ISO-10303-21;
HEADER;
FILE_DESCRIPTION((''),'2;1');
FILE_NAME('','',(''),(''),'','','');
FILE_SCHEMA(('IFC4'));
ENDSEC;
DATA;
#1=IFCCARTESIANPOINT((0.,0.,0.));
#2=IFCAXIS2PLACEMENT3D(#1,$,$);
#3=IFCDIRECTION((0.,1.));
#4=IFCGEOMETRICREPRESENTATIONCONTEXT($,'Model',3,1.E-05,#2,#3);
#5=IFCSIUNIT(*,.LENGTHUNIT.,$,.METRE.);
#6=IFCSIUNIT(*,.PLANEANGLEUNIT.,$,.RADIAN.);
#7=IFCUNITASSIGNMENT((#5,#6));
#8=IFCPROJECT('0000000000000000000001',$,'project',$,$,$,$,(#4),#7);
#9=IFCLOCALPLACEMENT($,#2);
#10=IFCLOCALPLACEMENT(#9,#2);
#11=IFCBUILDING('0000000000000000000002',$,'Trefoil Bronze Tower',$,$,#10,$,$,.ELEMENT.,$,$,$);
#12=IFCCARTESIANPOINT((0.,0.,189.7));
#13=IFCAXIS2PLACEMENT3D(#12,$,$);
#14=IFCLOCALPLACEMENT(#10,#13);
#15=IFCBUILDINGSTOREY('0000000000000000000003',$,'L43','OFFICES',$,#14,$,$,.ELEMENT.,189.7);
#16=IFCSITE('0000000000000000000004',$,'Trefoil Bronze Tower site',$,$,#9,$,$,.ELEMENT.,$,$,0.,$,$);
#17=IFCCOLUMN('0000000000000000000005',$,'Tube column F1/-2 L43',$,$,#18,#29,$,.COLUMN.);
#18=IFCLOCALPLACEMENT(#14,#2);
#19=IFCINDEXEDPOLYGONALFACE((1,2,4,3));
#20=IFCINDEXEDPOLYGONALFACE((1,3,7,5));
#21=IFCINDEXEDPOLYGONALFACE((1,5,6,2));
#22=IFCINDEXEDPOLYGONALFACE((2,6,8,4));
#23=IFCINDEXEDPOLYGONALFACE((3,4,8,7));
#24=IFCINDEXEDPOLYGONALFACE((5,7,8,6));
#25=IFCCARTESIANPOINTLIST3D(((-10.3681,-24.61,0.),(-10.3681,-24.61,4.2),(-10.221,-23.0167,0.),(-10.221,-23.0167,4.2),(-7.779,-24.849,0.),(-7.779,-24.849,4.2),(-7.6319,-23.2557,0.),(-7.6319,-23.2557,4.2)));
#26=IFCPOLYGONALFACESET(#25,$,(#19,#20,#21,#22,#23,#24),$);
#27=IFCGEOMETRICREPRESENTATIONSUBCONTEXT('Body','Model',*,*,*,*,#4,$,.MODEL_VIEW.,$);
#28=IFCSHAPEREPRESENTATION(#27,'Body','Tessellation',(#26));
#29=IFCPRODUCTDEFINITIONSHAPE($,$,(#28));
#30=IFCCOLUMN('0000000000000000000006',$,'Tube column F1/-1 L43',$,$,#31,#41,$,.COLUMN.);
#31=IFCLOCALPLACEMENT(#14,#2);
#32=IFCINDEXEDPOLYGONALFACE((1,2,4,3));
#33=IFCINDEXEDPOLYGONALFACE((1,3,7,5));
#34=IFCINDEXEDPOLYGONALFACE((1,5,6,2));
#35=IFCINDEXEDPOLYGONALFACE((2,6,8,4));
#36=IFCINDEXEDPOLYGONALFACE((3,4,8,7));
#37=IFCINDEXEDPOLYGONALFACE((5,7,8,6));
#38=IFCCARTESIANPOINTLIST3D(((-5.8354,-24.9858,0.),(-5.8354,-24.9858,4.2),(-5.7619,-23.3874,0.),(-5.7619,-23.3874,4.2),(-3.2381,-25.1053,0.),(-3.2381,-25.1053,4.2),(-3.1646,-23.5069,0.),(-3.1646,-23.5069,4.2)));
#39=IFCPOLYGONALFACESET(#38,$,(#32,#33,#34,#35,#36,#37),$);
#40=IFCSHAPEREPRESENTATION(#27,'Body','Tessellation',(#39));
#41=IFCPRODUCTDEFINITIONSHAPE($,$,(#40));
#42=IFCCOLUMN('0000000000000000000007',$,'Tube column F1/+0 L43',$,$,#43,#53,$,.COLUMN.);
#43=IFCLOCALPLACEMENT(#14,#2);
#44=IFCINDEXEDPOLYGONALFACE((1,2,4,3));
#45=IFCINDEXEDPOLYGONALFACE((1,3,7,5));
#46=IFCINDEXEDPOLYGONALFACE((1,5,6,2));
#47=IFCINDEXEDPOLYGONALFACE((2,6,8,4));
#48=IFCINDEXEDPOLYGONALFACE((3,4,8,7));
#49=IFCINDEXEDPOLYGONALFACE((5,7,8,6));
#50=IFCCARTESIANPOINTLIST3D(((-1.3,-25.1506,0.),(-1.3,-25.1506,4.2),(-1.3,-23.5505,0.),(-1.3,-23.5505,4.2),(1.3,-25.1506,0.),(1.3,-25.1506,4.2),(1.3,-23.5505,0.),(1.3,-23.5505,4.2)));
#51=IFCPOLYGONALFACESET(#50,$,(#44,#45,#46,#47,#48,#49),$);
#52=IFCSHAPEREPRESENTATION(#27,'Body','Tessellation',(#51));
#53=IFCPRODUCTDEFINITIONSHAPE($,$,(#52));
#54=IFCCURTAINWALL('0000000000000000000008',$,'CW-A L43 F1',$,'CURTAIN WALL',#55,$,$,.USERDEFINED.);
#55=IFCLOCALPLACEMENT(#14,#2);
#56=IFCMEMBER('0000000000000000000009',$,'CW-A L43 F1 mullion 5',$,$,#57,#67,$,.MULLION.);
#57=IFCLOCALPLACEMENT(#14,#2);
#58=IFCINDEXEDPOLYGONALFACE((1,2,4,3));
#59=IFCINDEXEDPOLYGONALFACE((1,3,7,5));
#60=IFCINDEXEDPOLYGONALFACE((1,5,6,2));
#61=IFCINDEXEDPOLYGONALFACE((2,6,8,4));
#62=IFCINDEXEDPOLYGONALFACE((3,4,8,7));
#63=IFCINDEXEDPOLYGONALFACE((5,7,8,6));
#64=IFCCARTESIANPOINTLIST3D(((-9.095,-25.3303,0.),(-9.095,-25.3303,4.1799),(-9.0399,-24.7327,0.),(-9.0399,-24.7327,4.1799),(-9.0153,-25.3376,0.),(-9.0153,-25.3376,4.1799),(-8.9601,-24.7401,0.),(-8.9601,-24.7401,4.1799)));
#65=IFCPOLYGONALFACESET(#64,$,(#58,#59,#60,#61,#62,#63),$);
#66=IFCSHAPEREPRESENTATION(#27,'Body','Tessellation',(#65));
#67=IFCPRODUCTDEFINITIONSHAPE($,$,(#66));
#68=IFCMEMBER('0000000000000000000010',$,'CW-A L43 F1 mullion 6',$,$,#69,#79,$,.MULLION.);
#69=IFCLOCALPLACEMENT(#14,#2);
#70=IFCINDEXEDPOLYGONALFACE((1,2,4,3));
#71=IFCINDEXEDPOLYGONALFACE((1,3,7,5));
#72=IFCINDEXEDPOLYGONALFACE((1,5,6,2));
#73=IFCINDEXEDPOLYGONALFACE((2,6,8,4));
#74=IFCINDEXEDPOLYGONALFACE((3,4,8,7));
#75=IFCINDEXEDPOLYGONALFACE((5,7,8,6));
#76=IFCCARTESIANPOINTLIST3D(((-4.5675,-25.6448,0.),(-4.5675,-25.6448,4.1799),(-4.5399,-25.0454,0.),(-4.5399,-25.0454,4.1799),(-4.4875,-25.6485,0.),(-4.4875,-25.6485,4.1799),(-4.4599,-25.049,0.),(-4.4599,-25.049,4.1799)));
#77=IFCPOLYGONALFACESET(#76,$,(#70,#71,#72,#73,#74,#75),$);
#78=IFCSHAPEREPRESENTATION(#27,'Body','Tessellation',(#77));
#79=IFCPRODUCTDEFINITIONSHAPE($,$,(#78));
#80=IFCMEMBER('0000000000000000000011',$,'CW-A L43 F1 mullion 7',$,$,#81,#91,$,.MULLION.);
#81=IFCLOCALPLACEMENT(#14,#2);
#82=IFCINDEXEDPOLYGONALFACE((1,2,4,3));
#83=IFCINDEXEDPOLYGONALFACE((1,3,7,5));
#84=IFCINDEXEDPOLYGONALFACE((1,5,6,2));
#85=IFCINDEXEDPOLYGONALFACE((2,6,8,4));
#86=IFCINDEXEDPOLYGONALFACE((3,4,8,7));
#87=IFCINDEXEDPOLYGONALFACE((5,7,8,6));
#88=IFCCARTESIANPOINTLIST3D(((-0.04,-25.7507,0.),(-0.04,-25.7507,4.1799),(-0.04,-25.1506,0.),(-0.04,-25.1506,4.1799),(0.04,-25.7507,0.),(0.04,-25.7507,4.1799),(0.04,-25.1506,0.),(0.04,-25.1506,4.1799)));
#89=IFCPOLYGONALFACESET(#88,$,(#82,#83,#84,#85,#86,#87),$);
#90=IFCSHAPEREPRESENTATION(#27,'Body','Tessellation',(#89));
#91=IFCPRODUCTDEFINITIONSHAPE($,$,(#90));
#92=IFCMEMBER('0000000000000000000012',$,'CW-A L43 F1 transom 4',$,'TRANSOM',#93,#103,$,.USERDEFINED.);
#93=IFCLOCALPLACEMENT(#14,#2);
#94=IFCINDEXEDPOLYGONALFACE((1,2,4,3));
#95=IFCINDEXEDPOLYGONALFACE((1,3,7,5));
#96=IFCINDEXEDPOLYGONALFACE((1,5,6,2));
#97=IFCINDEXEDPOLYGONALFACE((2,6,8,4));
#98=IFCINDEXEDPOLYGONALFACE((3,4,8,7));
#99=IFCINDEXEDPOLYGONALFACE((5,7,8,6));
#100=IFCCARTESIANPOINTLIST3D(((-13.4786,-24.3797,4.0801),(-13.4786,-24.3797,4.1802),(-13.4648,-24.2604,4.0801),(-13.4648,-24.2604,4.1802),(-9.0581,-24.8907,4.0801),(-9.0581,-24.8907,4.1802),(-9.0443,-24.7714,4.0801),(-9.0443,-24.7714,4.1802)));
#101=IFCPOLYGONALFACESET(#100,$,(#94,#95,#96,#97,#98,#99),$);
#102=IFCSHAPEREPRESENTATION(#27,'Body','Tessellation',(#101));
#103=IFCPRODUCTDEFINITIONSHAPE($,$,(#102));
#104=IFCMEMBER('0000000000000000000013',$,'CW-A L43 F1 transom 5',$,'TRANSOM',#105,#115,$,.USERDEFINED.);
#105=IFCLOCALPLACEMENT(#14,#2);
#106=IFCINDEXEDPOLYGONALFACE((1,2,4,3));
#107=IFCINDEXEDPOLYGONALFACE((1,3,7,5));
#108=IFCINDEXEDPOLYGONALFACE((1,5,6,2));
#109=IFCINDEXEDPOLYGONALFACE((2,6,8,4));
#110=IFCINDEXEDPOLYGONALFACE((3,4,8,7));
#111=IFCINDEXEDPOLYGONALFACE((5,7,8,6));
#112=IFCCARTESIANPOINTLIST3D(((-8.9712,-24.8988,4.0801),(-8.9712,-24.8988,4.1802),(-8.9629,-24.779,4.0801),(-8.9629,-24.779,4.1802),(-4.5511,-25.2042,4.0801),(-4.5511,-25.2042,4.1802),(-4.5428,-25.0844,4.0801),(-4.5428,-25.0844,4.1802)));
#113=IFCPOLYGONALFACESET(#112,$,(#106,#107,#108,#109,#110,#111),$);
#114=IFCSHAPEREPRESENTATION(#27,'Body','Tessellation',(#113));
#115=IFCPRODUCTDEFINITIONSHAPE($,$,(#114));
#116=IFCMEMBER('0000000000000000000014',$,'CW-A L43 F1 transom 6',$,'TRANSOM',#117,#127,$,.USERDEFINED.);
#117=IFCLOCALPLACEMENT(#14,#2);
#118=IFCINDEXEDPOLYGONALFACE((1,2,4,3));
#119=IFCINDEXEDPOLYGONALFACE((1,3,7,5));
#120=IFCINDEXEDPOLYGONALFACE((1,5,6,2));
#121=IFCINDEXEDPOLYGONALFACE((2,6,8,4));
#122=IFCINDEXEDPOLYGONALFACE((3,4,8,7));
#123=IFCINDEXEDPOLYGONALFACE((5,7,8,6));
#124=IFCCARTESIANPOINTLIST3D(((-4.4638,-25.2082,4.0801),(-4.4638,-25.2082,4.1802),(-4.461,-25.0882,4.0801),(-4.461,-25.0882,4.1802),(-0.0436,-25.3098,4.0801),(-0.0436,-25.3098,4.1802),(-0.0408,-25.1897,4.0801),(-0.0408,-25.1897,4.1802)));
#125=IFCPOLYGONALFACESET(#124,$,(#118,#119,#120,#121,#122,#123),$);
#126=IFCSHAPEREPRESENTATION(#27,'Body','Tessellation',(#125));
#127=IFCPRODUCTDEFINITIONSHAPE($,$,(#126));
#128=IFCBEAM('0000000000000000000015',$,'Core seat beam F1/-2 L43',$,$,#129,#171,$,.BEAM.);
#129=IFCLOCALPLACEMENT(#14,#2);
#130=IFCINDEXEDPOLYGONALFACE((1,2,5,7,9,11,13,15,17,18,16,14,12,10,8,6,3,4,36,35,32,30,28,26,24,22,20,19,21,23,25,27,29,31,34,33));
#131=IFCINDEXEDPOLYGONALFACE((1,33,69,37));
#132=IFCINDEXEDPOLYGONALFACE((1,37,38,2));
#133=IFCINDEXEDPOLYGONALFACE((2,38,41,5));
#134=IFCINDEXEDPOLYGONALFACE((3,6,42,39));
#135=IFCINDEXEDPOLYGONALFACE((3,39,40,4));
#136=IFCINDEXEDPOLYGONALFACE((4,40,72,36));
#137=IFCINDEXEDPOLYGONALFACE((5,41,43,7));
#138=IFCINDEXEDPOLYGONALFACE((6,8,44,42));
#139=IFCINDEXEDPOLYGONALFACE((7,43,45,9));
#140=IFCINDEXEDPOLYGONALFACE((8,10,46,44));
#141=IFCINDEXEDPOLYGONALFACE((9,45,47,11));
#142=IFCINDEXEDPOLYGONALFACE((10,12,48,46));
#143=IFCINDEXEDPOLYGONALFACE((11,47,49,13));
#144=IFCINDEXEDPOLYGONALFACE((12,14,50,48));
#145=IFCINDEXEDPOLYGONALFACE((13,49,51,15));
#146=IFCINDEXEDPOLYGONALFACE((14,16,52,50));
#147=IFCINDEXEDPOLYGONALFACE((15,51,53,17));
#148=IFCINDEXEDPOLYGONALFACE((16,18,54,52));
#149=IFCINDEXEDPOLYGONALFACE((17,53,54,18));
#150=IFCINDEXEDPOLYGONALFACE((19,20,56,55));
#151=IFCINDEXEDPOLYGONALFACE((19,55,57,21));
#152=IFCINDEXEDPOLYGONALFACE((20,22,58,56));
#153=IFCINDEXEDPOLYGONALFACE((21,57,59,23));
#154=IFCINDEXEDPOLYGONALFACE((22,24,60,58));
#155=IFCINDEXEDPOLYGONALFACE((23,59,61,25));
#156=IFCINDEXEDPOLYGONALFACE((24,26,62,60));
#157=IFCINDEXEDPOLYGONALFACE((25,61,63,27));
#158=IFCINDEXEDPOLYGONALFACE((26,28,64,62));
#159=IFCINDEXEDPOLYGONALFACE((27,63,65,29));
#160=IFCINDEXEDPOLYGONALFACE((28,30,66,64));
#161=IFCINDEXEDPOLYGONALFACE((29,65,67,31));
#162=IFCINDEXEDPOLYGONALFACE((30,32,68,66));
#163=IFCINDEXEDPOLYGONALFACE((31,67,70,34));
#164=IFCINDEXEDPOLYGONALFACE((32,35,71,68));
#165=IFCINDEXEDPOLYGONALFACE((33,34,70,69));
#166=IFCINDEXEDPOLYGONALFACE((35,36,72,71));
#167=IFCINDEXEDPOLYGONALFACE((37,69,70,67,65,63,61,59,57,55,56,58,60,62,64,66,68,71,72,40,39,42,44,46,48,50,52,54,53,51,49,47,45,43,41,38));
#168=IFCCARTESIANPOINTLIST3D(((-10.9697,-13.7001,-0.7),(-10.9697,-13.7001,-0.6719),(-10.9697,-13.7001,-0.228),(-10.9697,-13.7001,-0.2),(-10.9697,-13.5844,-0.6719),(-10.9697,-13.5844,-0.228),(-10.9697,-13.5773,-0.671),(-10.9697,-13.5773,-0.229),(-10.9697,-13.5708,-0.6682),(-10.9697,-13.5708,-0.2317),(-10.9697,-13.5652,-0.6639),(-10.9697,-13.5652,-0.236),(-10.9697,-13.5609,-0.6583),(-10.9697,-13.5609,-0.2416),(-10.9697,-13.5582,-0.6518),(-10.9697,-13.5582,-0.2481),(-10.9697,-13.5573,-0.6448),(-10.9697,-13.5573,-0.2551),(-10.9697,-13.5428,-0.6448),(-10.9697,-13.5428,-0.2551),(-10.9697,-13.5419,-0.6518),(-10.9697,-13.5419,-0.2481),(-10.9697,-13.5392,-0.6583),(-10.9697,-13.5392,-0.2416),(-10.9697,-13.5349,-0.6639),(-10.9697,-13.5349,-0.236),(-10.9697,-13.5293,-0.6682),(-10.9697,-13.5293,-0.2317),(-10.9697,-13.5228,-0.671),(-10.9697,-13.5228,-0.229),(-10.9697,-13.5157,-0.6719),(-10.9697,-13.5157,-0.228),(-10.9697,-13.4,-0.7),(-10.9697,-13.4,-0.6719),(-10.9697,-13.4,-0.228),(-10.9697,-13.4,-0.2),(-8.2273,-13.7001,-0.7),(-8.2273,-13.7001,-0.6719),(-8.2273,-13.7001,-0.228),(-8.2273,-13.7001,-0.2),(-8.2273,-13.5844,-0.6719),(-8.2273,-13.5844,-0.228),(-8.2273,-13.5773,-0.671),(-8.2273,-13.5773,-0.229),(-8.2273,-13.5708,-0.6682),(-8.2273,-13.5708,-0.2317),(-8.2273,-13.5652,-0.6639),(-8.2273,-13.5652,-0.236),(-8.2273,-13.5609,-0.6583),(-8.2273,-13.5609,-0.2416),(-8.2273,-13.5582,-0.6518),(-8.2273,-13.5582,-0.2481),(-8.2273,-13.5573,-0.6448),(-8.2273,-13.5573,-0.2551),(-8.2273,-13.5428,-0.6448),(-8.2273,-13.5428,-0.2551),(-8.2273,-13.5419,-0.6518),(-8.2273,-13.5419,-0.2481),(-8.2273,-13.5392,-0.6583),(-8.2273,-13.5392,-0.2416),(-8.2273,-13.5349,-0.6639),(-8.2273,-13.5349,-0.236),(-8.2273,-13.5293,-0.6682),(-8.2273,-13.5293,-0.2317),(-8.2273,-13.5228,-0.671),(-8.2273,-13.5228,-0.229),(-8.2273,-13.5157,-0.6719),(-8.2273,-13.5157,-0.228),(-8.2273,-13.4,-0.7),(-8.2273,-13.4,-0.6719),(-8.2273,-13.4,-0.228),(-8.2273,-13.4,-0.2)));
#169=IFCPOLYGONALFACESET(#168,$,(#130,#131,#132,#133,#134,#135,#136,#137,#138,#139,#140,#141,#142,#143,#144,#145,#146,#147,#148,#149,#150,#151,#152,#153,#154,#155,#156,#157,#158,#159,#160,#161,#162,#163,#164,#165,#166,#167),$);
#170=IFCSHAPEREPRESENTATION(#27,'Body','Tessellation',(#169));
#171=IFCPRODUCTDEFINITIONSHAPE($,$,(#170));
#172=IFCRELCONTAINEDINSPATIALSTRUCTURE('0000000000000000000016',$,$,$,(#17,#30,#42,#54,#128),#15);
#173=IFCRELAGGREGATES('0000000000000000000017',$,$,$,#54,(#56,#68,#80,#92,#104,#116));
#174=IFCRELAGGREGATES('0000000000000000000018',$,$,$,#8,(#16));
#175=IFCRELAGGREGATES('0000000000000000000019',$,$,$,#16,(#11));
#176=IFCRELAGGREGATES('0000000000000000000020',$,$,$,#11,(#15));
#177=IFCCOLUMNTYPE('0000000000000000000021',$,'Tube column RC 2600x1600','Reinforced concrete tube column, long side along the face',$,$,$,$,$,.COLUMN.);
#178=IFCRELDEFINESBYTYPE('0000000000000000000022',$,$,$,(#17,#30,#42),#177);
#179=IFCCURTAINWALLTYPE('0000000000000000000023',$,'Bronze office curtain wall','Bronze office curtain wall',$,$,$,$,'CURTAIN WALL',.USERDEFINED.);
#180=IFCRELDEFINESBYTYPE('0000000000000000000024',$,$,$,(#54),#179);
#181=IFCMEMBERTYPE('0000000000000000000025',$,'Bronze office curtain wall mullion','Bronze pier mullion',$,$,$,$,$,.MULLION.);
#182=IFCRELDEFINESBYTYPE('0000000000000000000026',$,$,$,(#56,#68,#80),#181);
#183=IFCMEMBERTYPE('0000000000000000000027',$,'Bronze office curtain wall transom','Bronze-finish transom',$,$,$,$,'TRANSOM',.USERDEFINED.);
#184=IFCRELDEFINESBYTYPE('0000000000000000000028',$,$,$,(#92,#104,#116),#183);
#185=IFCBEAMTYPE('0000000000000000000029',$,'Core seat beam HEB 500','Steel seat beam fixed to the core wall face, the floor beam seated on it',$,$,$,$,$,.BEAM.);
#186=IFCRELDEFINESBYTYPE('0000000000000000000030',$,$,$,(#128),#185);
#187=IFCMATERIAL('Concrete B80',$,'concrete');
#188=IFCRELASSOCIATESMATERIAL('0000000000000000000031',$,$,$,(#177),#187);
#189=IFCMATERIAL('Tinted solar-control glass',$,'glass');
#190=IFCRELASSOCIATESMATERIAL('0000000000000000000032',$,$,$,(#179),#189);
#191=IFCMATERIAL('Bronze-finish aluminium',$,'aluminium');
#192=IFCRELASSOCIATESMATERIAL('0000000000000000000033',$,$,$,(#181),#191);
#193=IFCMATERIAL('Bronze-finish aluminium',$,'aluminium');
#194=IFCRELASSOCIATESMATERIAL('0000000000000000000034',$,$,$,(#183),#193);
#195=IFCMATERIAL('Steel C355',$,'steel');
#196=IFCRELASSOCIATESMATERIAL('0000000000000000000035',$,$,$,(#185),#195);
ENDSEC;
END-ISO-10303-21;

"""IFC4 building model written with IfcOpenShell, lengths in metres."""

from ifc_helpers import new_model, si_unit, direction, frame, origin, origin_2d, place, context, subcontext, project, spatial, rectangle, i_section, extrude, material, material_profile, profile_set, type_object, element, aggregate, save


model = new_model("IFC4")

# Units and contexts
model_context = context("Model", 3, precision=1e-05, world=origin(), true_north=direction((0.0, 1.0)))
body_context = subcontext(model_context, "Body", "Model", "MODEL_VIEW")
ifc_project = project(units=[si_unit("LENGTHUNIT", "METRE"), si_unit("PLANEANGLEUNIT", "RADIAN")], contexts=[model_context])

# Site, building, storey
site_placement = place(None, origin())
site = spatial("IfcSite", under=ifc_project, at=site_placement, Name="Trefoil Bronze Tower site", CompositionType="ELEMENT", RefElevation=0.0)
building_placement = place(site_placement, origin())
building = spatial("IfcBuilding", under=site, at=building_placement, Name="Trefoil Bronze Tower", CompositionType="ELEMENT")
storey_placement = place(building_placement, frame((0.0, 0.0, 189.7)))
storey = spatial("IfcBuildingStorey", under=building, at=storey_placement, Name="L43", Description="OFFICES", CompositionType="ELEMENT", Elevation=189.7)

# Columns
ifc_material_1 = material(Name="Concrete B80", Category="concrete")
ifc_material_profile_1 = material_profile(ifc_material_1, rectangle(XDim=2.6001, YDim=1.6001, at=origin_2d()), Name="RC 2600x1600")
ifc_profile_set_1 = profile_set([ifc_material_profile_1], Name="Concrete B80")
column_type = type_object("IfcColumnType", Name="Tube column RC 2600x1600", Description="Reinforced concrete tube column, long side along the face", PredefinedType="COLUMN", material=ifc_profile_set_1)
for number, where, z_axis, x_axis, name in (
    (1, (-9.0, -23.9329, 0.0), (0.0, 0.0, 1.0), (0.995767, -0.091911, 0.0), "Tube column F1/-2 L43"),
    (2, (-4.5, -24.2463, 0.0), (0.0, 0.0, 1.0), (0.998943, -0.045956, 0.0), "Tube column F1/-1 L43"),
    (3, (0.0, -24.3506, 0.0), (0.0, 0.0, 1.0), (1.0, 0.0, 0.0), "Tube column F1/+0 L43"),
):
    element("IfcColumn", number, at=place(storey_placement, frame(where, z_axis=z_axis, x_axis=x_axis)), inside=storey, type_object=column_type, Name=name, PredefinedType="COLUMN", context=body_context, shape_type="SweptSolid", body=[
        extrude(rectangle(XDim=2.6001, YDim=1.6001, at=origin_2d()), origin(), (0.0, 0.0, 1.0), 4.2),
    ])

# Curtain wall, members
ifc_material_2 = material(Name="Tinted solar-control glass", Category="glass")
curtain_wall_type = type_object("IfcCurtainWallType", Name="Bronze office curtain wall", Description="Bronze office curtain wall", ElementType="CURTAIN WALL", PredefinedType="USERDEFINED", material=ifc_material_2)
curtain_wall_placement = place(storey_placement, origin())
curtain_wall = element("IfcCurtainWall", 4, at=curtain_wall_placement, inside=storey, type_object=curtain_wall_type, Name="CW-A L43 F1", ObjectType="CURTAIN WALL", PredefinedType="USERDEFINED")
ifc_material_3 = material(Name="Bronze-finish aluminium", Category="aluminium")
ifc_material_profile_2 = material_profile(ifc_material_3, rectangle(XDim=0.6001, YDim=0.0801, at=origin_2d()), Name="CW-A mullion")
ifc_profile_set_2 = profile_set([ifc_material_profile_2], Name="Bronze-finish aluminium")
member_type_1 = type_object("IfcMemberType", Name="Bronze office curtain wall mullion", Description="Bronze pier mullion", PredefinedType="MULLION", material=ifc_profile_set_2)
member_1_placement = place(storey_placement, frame((-9.0276, -25.0352, 0.0), z_axis=(0.0, 0.0, 1.0), x_axis=(0.091911, 0.995767, 0.0)))
member_1 = element("IfcMember", 5, at=member_1_placement, type_object=member_type_1, Name="CW-A L43 F1 mullion 5", PredefinedType="MULLION", context=body_context, shape_type="SweptSolid", body=[
    extrude(rectangle(XDim=0.6001, YDim=0.0801, at=origin_2d()), origin(), (0.0, 0.0, 1.0), 4.1799),
])
member_2_placement = place(storey_placement, frame((-4.5137, -25.3469, 0.0), z_axis=(0.0, 0.0, 1.0), x_axis=(0.045956, 0.998943, 0.0)))
member_2 = element("IfcMember", 6, at=member_2_placement, type_object=member_type_1, Name="CW-A L43 F1 mullion 6", PredefinedType="MULLION", context=body_context, shape_type="SweptSolid", body=[
    extrude(rectangle(XDim=0.6001, YDim=0.0801, at=origin_2d()), origin(), (0.0, 0.0, 1.0), 4.1799),
])
member_3_placement = place(storey_placement, frame((0.0, -25.4507, 0.0), z_axis=(0.0, 0.0, 1.0), x_axis=(0.0, 1.0, 0.0)))
member_3 = element("IfcMember", 7, at=member_3_placement, type_object=member_type_1, Name="CW-A L43 F1 mullion 7", PredefinedType="MULLION", context=body_context, shape_type="SweptSolid", body=[
    extrude(rectangle(XDim=0.6001, YDim=0.0801, at=origin_2d()), origin(), (0.0, 0.0, 1.0), 4.1799),
])
ifc_material_4 = material(Name="Bronze-finish aluminium", Category="aluminium")
ifc_material_profile_3 = material_profile(ifc_material_4, rectangle(XDim=0.1201, YDim=0.1001, at=origin_2d()), Name="CW-A transom")
ifc_profile_set_3 = profile_set([ifc_material_profile_3], Name="Bronze-finish aluminium")
member_type_2 = type_object("IfcMemberType", Name="Bronze office curtain wall transom", Description="Bronze-finish transom", ElementType="TRANSOM", PredefinedType="USERDEFINED", material=ifc_profile_set_3)
member_4_placement = place(storey_placement, frame((-13.4717, -24.3201, 4.1301), z_axis=(0.993385, -0.114832, 0.0), x_axis=(0.114832, 0.993385, 0.0)))
member_4 = element("IfcMember", 8, at=member_4_placement, type_object=member_type_2, Name="CW-A L43 F1 transom 4", ObjectType="TRANSOM", PredefinedType="USERDEFINED", context=body_context, shape_type="SweptSolid", body=[
    extrude(rectangle(XDim=0.1201, YDim=0.1001, at=origin_2d()), origin(), (0.0, 0.0, 1.0), 4.45),
])
member_5_placement = place(storey_placement, frame((-8.967, -24.8389, 4.1301), z_axis=(0.997621, -0.068933, 0.0), x_axis=(0.068933, 0.997621, 0.0)))
member_5 = element("IfcMember", 9, at=member_5_placement, type_object=member_type_2, Name="CW-A L43 F1 transom 5", ObjectType="TRANSOM", PredefinedType="USERDEFINED", context=body_context, shape_type="SweptSolid", body=[
    extrude(rectangle(XDim=0.1201, YDim=0.1001, at=origin_2d()), origin(), (0.0, 0.0, 1.0), 4.4307),
])
member_6_placement = place(storey_placement, frame((-4.4624, -25.1482, 4.1301), z_axis=(0.999736, -0.022971, 0.0), x_axis=(0.022971, 0.999736, 0.0)))
member_6 = element("IfcMember", 10, at=member_6_placement, type_object=member_type_2, Name="CW-A L43 F1 transom 6", ObjectType="TRANSOM", PredefinedType="USERDEFINED", context=body_context, shape_type="SweptSolid", body=[
    extrude(rectangle(XDim=0.1201, YDim=0.1001, at=origin_2d()), origin(), (0.0, 0.0, 1.0), 4.4214),
])

# Beam
ifc_material_5 = material(Name="Steel C355", Category="steel")
ifc_material_profile_4 = material_profile(ifc_material_5, i_section(OverallWidth=0.3, OverallDepth=0.5, WebThickness=0.0144, FlangeThickness=0.0281, FilletRadius=0.0271, at=origin_2d()), Name="HEB 500")
ifc_profile_set_4 = profile_set([ifc_material_profile_4], Name="Steel C355")
beam_type_1 = type_object("IfcBeamType", Name="Core seat beam HEB 500", Description="Steel seat beam fixed to the core wall face, the floor beam seated on it", PredefinedType="BEAM", material=ifc_profile_set_4)
for number, where, z_axis, x_axis, name in (
    (11, (-10.9697, -13.55, -0.45), (1.0, 0.0, 0.0), (0.0, 1.0, 0.0), "Core seat beam F1/-2 L43"),
):
    element("IfcBeam", number, at=place(storey_placement, frame(where, z_axis=z_axis, x_axis=x_axis)), inside=storey, type_object=beam_type_1, Name=name, PredefinedType="BEAM", context=body_context, shape_type="SweptSolid", body=[
        extrude(i_section(OverallWidth=0.3, OverallDepth=0.5, WebThickness=0.0144, FlangeThickness=0.0281, FilletRadius=0.0271, at=origin_2d()), origin(), (0.0, 0.0, 1.0), 2.7424),
    ])

aggregate(curtain_wall, [member_1, member_2, member_3, member_4, member_5, member_6])

save(model, "model.ifc")
